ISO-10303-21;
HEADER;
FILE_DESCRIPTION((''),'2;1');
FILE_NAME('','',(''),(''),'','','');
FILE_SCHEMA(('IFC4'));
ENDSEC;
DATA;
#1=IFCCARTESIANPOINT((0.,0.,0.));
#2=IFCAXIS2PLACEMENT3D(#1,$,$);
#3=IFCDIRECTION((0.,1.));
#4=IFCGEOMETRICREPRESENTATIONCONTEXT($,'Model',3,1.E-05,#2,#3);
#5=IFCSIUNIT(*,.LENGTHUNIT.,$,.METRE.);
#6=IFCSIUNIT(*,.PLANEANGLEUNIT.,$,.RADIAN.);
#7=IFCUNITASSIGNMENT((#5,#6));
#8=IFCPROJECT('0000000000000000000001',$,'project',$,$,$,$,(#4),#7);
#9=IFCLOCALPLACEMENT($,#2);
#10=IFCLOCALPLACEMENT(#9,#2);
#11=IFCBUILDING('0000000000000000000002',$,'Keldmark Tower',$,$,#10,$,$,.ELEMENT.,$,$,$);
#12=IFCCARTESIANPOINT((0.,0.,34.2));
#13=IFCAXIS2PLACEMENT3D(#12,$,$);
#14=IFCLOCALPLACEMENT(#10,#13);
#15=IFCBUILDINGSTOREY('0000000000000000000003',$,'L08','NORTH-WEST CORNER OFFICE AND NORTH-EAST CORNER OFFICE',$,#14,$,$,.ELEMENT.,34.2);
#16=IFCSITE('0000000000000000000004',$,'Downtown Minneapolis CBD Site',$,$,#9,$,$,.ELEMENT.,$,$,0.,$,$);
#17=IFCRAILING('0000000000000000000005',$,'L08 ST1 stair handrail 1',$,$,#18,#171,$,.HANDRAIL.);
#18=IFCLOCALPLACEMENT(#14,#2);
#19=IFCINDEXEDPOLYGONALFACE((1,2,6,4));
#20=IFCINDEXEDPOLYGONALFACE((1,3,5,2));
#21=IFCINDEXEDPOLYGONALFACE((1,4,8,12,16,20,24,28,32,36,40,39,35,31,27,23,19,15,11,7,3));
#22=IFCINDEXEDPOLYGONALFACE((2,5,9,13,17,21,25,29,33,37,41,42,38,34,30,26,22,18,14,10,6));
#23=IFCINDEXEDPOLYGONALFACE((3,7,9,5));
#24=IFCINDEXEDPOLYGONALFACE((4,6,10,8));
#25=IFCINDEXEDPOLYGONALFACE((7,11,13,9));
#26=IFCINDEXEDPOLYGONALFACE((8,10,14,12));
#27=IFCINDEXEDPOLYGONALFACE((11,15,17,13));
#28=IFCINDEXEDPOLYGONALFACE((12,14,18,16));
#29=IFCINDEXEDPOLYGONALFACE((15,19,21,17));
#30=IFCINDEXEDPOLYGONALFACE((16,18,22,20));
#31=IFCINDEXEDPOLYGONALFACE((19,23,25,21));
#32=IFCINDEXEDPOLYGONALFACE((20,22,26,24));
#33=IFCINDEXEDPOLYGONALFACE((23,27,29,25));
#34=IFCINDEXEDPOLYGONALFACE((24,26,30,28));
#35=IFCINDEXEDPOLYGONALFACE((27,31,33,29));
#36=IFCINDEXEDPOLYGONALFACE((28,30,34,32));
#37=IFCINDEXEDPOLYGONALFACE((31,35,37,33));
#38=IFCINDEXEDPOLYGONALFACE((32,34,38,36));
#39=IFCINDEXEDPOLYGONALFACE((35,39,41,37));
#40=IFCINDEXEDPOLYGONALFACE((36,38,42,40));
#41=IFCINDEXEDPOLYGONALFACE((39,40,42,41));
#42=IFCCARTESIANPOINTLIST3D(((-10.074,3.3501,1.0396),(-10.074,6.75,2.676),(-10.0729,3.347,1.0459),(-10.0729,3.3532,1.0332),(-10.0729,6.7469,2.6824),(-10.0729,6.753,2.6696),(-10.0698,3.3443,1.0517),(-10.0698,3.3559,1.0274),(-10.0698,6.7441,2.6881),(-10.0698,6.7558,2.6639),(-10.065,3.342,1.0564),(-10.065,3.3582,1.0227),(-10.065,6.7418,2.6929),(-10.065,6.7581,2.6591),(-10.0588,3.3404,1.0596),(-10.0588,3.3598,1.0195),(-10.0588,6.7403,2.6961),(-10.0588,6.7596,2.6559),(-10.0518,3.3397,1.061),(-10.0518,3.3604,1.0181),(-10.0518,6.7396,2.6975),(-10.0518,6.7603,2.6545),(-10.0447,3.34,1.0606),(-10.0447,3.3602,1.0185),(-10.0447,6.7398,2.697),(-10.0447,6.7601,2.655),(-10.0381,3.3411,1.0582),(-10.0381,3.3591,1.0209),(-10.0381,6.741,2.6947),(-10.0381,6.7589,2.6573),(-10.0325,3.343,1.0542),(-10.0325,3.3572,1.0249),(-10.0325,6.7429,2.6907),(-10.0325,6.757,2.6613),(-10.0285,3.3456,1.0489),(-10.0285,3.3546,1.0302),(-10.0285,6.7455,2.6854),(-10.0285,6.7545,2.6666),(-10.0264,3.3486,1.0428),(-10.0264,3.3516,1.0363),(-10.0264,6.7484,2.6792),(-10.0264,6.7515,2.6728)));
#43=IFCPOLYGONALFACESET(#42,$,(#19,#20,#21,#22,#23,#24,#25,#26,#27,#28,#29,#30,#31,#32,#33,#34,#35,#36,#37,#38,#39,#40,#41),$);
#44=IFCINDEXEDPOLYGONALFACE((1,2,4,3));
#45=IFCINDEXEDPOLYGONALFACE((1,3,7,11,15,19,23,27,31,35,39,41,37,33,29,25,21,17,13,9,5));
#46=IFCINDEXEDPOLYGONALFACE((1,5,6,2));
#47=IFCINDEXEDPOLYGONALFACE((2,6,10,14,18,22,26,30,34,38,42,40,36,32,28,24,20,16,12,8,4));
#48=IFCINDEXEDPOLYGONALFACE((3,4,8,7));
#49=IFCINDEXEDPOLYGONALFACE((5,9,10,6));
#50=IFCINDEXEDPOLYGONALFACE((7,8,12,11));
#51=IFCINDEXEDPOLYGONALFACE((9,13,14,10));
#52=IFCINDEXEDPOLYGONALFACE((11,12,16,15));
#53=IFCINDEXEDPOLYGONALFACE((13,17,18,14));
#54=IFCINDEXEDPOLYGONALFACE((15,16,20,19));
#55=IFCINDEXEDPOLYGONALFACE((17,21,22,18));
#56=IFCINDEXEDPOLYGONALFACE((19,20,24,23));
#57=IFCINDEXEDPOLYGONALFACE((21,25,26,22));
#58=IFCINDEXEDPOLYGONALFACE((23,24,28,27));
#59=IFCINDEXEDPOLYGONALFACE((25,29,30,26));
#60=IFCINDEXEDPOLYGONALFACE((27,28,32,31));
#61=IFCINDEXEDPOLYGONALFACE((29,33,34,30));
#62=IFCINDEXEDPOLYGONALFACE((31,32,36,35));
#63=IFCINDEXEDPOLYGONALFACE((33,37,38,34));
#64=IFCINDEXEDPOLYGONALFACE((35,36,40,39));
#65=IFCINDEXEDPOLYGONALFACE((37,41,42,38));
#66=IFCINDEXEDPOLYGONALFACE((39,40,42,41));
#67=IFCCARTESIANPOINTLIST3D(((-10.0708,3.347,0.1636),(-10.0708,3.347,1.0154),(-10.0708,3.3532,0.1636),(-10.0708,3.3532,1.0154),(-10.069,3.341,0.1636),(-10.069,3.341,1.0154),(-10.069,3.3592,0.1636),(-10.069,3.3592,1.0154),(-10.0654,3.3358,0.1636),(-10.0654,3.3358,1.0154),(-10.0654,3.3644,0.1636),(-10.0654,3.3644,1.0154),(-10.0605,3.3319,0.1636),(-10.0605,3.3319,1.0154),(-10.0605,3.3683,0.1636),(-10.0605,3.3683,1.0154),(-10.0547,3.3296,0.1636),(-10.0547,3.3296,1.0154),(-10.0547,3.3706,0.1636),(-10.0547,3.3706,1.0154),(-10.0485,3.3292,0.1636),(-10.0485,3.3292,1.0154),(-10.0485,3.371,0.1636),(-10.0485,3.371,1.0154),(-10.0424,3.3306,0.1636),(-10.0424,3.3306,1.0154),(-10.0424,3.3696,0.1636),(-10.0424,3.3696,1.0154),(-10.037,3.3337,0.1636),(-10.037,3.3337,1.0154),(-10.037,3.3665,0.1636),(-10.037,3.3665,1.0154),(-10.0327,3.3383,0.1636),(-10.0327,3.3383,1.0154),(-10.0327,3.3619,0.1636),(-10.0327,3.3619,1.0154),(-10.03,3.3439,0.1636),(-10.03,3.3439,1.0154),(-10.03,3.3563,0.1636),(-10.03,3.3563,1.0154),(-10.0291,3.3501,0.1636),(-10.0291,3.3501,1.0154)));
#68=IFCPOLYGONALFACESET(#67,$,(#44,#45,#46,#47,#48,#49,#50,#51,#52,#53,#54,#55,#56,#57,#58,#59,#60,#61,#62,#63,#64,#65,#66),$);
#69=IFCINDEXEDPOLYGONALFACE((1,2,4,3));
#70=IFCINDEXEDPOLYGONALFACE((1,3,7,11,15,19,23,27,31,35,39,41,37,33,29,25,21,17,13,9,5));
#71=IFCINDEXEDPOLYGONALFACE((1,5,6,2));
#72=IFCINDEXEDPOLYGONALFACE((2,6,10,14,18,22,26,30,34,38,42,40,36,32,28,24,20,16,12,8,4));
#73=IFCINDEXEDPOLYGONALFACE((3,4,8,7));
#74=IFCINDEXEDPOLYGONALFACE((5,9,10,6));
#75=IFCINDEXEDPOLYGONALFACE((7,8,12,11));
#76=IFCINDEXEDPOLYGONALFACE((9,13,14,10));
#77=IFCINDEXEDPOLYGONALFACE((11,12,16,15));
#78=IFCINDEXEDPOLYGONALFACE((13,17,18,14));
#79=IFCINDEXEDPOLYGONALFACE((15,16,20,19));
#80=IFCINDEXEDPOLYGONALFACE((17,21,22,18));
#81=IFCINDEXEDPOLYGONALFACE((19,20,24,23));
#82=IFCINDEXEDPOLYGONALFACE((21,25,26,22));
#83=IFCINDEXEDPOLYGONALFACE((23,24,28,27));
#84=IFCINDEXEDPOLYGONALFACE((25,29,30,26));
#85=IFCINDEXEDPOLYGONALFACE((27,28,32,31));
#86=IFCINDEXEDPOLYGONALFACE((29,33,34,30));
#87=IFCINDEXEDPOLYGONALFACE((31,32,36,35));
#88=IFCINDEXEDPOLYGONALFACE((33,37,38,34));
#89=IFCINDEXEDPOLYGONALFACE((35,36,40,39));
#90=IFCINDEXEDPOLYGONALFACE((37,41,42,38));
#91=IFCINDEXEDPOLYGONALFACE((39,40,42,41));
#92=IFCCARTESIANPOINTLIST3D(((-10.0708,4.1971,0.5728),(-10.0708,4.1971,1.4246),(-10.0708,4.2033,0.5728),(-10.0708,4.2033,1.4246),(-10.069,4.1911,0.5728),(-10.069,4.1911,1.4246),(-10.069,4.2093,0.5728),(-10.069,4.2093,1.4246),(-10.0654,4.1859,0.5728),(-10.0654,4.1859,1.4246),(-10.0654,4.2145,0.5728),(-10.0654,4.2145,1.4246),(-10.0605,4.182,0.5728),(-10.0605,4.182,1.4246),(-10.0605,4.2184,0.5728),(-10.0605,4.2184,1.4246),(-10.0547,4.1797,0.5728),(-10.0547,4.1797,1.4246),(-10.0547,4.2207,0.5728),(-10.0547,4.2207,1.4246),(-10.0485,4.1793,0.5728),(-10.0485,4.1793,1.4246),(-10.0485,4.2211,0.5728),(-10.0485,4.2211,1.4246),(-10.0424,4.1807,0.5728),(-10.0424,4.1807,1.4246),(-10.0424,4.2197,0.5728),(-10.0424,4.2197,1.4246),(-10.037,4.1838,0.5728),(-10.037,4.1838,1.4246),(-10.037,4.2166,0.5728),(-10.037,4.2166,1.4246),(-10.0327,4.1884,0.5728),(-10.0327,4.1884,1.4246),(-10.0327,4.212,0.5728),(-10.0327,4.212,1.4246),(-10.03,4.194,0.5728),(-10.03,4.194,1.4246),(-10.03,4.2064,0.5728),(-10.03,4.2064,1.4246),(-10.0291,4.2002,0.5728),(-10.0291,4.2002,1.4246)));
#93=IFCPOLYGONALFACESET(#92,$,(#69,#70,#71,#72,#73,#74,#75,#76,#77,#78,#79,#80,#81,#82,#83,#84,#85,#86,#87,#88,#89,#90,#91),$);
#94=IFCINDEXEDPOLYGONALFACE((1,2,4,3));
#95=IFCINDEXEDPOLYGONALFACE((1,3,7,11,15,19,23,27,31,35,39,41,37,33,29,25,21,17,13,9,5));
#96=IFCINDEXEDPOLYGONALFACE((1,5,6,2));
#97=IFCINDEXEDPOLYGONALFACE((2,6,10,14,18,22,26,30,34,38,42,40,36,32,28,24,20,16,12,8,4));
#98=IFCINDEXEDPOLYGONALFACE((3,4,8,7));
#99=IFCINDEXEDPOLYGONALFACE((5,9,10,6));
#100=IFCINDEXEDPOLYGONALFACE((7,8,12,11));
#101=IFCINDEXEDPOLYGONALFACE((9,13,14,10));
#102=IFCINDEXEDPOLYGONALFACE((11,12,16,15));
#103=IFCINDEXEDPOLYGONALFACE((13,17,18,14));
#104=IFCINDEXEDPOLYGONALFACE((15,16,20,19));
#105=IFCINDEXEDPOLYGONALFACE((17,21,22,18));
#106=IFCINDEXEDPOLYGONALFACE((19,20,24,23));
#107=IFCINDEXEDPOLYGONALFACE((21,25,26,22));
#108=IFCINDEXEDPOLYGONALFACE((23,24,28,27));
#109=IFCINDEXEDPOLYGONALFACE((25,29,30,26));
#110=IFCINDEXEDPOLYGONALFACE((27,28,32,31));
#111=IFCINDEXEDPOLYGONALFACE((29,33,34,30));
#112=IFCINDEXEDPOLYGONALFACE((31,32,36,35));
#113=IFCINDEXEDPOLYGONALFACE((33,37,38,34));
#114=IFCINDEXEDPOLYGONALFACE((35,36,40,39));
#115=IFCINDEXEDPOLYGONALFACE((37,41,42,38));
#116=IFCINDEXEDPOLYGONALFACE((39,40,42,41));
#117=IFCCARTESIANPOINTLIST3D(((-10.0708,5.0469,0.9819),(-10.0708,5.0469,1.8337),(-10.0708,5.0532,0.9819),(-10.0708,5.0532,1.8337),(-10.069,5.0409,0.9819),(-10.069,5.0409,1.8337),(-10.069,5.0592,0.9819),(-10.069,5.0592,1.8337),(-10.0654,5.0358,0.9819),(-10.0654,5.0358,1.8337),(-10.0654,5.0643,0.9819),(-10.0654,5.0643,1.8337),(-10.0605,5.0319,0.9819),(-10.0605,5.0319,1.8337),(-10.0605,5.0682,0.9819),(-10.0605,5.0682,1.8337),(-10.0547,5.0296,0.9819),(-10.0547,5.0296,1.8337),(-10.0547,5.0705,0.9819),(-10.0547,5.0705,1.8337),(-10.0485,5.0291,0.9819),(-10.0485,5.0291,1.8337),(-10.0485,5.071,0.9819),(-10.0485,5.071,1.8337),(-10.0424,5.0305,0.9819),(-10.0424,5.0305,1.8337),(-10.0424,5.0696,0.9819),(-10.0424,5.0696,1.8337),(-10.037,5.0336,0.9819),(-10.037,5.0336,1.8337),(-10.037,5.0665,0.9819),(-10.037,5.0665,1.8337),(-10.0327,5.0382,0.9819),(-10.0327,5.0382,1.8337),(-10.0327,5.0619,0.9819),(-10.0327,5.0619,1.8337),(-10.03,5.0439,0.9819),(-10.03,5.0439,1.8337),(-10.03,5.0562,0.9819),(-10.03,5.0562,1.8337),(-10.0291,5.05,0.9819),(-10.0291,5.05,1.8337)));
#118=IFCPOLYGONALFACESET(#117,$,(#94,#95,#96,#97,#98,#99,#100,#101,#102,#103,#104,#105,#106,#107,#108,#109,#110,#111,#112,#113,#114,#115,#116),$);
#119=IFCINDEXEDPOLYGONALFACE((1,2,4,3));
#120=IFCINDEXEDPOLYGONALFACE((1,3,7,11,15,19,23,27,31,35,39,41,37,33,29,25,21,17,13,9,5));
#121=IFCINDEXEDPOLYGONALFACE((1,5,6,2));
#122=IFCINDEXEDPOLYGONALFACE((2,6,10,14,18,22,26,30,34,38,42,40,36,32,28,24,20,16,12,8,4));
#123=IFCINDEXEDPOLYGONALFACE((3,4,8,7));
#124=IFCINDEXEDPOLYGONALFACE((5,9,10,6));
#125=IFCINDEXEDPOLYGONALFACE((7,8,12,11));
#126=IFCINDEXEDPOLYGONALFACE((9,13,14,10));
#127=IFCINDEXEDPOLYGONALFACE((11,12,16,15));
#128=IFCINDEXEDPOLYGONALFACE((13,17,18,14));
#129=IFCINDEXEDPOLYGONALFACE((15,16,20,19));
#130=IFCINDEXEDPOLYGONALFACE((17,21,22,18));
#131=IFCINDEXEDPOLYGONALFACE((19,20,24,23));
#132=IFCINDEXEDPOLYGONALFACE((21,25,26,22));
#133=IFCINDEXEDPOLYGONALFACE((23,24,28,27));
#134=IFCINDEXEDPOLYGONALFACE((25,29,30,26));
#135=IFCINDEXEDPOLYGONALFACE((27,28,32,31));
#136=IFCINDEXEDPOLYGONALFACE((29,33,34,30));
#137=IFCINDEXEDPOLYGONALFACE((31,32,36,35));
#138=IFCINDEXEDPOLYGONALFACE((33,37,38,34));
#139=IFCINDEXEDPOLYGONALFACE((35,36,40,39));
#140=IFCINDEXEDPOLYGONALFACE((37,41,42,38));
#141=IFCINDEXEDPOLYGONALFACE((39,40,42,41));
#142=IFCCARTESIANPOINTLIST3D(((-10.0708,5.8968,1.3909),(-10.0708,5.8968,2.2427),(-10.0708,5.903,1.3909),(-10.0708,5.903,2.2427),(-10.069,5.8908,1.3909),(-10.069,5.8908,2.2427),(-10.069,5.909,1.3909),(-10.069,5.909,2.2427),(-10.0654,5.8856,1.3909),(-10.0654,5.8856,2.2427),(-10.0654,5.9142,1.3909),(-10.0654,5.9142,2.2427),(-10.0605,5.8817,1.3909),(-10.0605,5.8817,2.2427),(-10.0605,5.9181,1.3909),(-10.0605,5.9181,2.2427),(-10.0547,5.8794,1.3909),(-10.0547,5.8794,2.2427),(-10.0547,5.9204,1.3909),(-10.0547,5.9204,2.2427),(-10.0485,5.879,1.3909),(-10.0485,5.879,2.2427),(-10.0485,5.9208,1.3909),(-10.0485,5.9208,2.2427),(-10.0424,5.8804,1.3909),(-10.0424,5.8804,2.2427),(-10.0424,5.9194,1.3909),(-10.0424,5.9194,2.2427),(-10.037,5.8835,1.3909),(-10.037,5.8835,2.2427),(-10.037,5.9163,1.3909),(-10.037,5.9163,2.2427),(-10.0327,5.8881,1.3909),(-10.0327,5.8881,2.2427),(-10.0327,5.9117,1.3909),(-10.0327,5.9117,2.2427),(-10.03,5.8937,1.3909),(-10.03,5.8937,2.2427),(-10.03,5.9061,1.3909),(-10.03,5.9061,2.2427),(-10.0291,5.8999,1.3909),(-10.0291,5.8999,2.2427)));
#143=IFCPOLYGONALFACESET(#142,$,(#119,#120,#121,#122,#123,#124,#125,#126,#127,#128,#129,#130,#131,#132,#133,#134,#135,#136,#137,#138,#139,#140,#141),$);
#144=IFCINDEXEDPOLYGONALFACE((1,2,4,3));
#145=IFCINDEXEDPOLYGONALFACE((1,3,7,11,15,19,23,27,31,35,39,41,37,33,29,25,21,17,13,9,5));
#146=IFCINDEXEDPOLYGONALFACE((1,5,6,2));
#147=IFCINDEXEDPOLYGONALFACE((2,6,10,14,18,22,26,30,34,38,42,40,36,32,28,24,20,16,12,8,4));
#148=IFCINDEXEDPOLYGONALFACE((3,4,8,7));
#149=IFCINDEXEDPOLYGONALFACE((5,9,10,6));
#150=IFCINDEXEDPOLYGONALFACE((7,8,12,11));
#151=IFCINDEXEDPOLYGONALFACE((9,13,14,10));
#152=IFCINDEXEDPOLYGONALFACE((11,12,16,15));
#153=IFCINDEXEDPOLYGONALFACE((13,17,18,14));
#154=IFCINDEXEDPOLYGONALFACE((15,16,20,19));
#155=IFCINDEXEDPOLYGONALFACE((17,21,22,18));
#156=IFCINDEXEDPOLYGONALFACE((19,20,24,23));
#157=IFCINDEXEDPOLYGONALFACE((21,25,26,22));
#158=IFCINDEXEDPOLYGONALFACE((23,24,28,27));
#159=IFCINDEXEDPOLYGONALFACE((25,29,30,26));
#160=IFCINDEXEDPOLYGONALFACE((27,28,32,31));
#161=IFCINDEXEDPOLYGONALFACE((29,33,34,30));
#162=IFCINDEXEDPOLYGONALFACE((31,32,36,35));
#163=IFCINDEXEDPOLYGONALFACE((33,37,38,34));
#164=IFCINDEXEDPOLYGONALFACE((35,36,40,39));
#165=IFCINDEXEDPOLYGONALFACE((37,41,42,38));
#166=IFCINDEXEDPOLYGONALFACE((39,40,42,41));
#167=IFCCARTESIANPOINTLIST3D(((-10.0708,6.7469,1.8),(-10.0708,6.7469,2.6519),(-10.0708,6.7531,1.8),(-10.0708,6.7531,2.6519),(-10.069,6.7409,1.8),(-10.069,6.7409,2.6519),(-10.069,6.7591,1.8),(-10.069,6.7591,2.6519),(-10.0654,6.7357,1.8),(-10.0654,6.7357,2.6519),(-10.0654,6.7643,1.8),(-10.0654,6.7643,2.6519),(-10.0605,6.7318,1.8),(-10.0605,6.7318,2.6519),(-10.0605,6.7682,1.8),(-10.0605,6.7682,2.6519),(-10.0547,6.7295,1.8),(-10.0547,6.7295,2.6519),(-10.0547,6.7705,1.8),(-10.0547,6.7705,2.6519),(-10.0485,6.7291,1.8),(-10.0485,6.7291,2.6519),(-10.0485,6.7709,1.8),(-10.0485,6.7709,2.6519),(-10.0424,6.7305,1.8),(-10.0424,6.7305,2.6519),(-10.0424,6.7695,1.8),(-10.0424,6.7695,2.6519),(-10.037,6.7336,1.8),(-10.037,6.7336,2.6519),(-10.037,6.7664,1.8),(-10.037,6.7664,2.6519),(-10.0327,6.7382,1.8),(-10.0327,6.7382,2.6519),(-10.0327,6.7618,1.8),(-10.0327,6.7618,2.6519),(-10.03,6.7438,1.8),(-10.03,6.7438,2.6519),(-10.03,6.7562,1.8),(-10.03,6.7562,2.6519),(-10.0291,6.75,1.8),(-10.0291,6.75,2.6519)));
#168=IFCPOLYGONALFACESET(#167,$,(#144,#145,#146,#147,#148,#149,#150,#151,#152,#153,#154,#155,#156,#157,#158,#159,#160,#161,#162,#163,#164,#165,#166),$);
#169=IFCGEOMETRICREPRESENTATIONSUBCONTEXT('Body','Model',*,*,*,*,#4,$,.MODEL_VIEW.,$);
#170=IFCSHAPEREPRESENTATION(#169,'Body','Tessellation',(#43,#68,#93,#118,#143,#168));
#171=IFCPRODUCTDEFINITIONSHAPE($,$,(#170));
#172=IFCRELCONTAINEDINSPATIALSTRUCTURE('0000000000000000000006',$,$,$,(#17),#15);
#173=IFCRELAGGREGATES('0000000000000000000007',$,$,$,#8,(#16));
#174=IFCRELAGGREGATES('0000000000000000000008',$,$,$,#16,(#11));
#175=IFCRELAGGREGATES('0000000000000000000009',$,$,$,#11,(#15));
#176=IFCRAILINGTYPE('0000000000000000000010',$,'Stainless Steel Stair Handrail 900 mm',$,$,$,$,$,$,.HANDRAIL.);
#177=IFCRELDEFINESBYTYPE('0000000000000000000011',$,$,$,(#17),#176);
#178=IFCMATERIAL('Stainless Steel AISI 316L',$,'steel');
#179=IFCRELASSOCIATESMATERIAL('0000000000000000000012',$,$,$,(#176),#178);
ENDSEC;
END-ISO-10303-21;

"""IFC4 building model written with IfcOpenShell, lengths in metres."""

from ifc_helpers import new_model, si_unit, direction, frame, origin, origin_2d, place, context, subcontext, project, spatial, circle, extrude, material, type_object, element, save


model = new_model("IFC4")

# Units and contexts
model_context = context("Model", 3, precision=1e-05, world=origin(), true_north=direction((0.0, 1.0)))
body_context = subcontext(model_context, "Body", "Model", "MODEL_VIEW")
ifc_project = project(units=[si_unit("LENGTHUNIT", "METRE"), si_unit("PLANEANGLEUNIT", "RADIAN")], contexts=[model_context])

# Site, building, storey
site_placement = place(None, origin())
site = spatial("IfcSite", under=ifc_project, at=site_placement, Name="Downtown Minneapolis CBD Site", CompositionType="ELEMENT", RefElevation=0.0)
building_placement = place(site_placement, origin())
building = spatial("IfcBuilding", under=site, at=building_placement, Name="Keldmark Tower", CompositionType="ELEMENT")
storey_placement = place(building_placement, frame((0.0, 0.0, 34.2)))
storey = spatial("IfcBuildingStorey", under=building, at=storey_placement, Name="L08", Description="NORTH-WEST CORNER OFFICE AND NORTH-EAST CORNER OFFICE", CompositionType="ELEMENT", Elevation=34.2)

# Railing
ifc_material_1 = material(Name="Stainless Steel AISI 316L", Category="steel")
railing_type = type_object("IfcRailingType", Name="Stainless Steel Stair Handrail 900 mm", PredefinedType="HANDRAIL", material=ifc_material_1)
railing_placement = place(storey_placement, frame((-10.05, 3.3501, 0.1636)))
element("IfcRailing", 1, at=railing_placement, inside=storey, type_object=railing_type, Name="L08 ST1 stair handrail 1", PredefinedType="HANDRAIL", context=body_context, shape_type="SweptSolid", body=[
    extrude(circle(Radius=0.0239, at=origin_2d()), frame((0.0, 0.0, 0.876), z_axis=(0.0, 0.901055, 0.433705), x_axis=(-1.0, 0.0, 0.0)), (0.0, 0.0, 1.0), 3.7732),
    extrude(circle(Radius=0.021, at=origin_2d()), origin(), (0.0, 0.0, 1.0), 0.8518),
    extrude(circle(Radius=0.021, at=origin_2d()), frame((0.0, 0.8501, 0.4092)), (0.0, 0.0, 1.0), 0.8518),
    extrude(circle(Radius=0.021, at=origin_2d()), frame((0.0, 1.7, 0.8184)), (0.0, 0.0, 1.0), 0.8518),
    extrude(circle(Radius=0.021, at=origin_2d()), frame((0.0, 2.5498, 1.2273)), (0.0, 0.0, 1.0), 0.8518),
    extrude(circle(Radius=0.021, at=origin_2d()), frame((0.0, 3.3999, 1.6365)), (0.0, 0.0, 1.0), 0.8518),
])

save(model, "model.ifc")
